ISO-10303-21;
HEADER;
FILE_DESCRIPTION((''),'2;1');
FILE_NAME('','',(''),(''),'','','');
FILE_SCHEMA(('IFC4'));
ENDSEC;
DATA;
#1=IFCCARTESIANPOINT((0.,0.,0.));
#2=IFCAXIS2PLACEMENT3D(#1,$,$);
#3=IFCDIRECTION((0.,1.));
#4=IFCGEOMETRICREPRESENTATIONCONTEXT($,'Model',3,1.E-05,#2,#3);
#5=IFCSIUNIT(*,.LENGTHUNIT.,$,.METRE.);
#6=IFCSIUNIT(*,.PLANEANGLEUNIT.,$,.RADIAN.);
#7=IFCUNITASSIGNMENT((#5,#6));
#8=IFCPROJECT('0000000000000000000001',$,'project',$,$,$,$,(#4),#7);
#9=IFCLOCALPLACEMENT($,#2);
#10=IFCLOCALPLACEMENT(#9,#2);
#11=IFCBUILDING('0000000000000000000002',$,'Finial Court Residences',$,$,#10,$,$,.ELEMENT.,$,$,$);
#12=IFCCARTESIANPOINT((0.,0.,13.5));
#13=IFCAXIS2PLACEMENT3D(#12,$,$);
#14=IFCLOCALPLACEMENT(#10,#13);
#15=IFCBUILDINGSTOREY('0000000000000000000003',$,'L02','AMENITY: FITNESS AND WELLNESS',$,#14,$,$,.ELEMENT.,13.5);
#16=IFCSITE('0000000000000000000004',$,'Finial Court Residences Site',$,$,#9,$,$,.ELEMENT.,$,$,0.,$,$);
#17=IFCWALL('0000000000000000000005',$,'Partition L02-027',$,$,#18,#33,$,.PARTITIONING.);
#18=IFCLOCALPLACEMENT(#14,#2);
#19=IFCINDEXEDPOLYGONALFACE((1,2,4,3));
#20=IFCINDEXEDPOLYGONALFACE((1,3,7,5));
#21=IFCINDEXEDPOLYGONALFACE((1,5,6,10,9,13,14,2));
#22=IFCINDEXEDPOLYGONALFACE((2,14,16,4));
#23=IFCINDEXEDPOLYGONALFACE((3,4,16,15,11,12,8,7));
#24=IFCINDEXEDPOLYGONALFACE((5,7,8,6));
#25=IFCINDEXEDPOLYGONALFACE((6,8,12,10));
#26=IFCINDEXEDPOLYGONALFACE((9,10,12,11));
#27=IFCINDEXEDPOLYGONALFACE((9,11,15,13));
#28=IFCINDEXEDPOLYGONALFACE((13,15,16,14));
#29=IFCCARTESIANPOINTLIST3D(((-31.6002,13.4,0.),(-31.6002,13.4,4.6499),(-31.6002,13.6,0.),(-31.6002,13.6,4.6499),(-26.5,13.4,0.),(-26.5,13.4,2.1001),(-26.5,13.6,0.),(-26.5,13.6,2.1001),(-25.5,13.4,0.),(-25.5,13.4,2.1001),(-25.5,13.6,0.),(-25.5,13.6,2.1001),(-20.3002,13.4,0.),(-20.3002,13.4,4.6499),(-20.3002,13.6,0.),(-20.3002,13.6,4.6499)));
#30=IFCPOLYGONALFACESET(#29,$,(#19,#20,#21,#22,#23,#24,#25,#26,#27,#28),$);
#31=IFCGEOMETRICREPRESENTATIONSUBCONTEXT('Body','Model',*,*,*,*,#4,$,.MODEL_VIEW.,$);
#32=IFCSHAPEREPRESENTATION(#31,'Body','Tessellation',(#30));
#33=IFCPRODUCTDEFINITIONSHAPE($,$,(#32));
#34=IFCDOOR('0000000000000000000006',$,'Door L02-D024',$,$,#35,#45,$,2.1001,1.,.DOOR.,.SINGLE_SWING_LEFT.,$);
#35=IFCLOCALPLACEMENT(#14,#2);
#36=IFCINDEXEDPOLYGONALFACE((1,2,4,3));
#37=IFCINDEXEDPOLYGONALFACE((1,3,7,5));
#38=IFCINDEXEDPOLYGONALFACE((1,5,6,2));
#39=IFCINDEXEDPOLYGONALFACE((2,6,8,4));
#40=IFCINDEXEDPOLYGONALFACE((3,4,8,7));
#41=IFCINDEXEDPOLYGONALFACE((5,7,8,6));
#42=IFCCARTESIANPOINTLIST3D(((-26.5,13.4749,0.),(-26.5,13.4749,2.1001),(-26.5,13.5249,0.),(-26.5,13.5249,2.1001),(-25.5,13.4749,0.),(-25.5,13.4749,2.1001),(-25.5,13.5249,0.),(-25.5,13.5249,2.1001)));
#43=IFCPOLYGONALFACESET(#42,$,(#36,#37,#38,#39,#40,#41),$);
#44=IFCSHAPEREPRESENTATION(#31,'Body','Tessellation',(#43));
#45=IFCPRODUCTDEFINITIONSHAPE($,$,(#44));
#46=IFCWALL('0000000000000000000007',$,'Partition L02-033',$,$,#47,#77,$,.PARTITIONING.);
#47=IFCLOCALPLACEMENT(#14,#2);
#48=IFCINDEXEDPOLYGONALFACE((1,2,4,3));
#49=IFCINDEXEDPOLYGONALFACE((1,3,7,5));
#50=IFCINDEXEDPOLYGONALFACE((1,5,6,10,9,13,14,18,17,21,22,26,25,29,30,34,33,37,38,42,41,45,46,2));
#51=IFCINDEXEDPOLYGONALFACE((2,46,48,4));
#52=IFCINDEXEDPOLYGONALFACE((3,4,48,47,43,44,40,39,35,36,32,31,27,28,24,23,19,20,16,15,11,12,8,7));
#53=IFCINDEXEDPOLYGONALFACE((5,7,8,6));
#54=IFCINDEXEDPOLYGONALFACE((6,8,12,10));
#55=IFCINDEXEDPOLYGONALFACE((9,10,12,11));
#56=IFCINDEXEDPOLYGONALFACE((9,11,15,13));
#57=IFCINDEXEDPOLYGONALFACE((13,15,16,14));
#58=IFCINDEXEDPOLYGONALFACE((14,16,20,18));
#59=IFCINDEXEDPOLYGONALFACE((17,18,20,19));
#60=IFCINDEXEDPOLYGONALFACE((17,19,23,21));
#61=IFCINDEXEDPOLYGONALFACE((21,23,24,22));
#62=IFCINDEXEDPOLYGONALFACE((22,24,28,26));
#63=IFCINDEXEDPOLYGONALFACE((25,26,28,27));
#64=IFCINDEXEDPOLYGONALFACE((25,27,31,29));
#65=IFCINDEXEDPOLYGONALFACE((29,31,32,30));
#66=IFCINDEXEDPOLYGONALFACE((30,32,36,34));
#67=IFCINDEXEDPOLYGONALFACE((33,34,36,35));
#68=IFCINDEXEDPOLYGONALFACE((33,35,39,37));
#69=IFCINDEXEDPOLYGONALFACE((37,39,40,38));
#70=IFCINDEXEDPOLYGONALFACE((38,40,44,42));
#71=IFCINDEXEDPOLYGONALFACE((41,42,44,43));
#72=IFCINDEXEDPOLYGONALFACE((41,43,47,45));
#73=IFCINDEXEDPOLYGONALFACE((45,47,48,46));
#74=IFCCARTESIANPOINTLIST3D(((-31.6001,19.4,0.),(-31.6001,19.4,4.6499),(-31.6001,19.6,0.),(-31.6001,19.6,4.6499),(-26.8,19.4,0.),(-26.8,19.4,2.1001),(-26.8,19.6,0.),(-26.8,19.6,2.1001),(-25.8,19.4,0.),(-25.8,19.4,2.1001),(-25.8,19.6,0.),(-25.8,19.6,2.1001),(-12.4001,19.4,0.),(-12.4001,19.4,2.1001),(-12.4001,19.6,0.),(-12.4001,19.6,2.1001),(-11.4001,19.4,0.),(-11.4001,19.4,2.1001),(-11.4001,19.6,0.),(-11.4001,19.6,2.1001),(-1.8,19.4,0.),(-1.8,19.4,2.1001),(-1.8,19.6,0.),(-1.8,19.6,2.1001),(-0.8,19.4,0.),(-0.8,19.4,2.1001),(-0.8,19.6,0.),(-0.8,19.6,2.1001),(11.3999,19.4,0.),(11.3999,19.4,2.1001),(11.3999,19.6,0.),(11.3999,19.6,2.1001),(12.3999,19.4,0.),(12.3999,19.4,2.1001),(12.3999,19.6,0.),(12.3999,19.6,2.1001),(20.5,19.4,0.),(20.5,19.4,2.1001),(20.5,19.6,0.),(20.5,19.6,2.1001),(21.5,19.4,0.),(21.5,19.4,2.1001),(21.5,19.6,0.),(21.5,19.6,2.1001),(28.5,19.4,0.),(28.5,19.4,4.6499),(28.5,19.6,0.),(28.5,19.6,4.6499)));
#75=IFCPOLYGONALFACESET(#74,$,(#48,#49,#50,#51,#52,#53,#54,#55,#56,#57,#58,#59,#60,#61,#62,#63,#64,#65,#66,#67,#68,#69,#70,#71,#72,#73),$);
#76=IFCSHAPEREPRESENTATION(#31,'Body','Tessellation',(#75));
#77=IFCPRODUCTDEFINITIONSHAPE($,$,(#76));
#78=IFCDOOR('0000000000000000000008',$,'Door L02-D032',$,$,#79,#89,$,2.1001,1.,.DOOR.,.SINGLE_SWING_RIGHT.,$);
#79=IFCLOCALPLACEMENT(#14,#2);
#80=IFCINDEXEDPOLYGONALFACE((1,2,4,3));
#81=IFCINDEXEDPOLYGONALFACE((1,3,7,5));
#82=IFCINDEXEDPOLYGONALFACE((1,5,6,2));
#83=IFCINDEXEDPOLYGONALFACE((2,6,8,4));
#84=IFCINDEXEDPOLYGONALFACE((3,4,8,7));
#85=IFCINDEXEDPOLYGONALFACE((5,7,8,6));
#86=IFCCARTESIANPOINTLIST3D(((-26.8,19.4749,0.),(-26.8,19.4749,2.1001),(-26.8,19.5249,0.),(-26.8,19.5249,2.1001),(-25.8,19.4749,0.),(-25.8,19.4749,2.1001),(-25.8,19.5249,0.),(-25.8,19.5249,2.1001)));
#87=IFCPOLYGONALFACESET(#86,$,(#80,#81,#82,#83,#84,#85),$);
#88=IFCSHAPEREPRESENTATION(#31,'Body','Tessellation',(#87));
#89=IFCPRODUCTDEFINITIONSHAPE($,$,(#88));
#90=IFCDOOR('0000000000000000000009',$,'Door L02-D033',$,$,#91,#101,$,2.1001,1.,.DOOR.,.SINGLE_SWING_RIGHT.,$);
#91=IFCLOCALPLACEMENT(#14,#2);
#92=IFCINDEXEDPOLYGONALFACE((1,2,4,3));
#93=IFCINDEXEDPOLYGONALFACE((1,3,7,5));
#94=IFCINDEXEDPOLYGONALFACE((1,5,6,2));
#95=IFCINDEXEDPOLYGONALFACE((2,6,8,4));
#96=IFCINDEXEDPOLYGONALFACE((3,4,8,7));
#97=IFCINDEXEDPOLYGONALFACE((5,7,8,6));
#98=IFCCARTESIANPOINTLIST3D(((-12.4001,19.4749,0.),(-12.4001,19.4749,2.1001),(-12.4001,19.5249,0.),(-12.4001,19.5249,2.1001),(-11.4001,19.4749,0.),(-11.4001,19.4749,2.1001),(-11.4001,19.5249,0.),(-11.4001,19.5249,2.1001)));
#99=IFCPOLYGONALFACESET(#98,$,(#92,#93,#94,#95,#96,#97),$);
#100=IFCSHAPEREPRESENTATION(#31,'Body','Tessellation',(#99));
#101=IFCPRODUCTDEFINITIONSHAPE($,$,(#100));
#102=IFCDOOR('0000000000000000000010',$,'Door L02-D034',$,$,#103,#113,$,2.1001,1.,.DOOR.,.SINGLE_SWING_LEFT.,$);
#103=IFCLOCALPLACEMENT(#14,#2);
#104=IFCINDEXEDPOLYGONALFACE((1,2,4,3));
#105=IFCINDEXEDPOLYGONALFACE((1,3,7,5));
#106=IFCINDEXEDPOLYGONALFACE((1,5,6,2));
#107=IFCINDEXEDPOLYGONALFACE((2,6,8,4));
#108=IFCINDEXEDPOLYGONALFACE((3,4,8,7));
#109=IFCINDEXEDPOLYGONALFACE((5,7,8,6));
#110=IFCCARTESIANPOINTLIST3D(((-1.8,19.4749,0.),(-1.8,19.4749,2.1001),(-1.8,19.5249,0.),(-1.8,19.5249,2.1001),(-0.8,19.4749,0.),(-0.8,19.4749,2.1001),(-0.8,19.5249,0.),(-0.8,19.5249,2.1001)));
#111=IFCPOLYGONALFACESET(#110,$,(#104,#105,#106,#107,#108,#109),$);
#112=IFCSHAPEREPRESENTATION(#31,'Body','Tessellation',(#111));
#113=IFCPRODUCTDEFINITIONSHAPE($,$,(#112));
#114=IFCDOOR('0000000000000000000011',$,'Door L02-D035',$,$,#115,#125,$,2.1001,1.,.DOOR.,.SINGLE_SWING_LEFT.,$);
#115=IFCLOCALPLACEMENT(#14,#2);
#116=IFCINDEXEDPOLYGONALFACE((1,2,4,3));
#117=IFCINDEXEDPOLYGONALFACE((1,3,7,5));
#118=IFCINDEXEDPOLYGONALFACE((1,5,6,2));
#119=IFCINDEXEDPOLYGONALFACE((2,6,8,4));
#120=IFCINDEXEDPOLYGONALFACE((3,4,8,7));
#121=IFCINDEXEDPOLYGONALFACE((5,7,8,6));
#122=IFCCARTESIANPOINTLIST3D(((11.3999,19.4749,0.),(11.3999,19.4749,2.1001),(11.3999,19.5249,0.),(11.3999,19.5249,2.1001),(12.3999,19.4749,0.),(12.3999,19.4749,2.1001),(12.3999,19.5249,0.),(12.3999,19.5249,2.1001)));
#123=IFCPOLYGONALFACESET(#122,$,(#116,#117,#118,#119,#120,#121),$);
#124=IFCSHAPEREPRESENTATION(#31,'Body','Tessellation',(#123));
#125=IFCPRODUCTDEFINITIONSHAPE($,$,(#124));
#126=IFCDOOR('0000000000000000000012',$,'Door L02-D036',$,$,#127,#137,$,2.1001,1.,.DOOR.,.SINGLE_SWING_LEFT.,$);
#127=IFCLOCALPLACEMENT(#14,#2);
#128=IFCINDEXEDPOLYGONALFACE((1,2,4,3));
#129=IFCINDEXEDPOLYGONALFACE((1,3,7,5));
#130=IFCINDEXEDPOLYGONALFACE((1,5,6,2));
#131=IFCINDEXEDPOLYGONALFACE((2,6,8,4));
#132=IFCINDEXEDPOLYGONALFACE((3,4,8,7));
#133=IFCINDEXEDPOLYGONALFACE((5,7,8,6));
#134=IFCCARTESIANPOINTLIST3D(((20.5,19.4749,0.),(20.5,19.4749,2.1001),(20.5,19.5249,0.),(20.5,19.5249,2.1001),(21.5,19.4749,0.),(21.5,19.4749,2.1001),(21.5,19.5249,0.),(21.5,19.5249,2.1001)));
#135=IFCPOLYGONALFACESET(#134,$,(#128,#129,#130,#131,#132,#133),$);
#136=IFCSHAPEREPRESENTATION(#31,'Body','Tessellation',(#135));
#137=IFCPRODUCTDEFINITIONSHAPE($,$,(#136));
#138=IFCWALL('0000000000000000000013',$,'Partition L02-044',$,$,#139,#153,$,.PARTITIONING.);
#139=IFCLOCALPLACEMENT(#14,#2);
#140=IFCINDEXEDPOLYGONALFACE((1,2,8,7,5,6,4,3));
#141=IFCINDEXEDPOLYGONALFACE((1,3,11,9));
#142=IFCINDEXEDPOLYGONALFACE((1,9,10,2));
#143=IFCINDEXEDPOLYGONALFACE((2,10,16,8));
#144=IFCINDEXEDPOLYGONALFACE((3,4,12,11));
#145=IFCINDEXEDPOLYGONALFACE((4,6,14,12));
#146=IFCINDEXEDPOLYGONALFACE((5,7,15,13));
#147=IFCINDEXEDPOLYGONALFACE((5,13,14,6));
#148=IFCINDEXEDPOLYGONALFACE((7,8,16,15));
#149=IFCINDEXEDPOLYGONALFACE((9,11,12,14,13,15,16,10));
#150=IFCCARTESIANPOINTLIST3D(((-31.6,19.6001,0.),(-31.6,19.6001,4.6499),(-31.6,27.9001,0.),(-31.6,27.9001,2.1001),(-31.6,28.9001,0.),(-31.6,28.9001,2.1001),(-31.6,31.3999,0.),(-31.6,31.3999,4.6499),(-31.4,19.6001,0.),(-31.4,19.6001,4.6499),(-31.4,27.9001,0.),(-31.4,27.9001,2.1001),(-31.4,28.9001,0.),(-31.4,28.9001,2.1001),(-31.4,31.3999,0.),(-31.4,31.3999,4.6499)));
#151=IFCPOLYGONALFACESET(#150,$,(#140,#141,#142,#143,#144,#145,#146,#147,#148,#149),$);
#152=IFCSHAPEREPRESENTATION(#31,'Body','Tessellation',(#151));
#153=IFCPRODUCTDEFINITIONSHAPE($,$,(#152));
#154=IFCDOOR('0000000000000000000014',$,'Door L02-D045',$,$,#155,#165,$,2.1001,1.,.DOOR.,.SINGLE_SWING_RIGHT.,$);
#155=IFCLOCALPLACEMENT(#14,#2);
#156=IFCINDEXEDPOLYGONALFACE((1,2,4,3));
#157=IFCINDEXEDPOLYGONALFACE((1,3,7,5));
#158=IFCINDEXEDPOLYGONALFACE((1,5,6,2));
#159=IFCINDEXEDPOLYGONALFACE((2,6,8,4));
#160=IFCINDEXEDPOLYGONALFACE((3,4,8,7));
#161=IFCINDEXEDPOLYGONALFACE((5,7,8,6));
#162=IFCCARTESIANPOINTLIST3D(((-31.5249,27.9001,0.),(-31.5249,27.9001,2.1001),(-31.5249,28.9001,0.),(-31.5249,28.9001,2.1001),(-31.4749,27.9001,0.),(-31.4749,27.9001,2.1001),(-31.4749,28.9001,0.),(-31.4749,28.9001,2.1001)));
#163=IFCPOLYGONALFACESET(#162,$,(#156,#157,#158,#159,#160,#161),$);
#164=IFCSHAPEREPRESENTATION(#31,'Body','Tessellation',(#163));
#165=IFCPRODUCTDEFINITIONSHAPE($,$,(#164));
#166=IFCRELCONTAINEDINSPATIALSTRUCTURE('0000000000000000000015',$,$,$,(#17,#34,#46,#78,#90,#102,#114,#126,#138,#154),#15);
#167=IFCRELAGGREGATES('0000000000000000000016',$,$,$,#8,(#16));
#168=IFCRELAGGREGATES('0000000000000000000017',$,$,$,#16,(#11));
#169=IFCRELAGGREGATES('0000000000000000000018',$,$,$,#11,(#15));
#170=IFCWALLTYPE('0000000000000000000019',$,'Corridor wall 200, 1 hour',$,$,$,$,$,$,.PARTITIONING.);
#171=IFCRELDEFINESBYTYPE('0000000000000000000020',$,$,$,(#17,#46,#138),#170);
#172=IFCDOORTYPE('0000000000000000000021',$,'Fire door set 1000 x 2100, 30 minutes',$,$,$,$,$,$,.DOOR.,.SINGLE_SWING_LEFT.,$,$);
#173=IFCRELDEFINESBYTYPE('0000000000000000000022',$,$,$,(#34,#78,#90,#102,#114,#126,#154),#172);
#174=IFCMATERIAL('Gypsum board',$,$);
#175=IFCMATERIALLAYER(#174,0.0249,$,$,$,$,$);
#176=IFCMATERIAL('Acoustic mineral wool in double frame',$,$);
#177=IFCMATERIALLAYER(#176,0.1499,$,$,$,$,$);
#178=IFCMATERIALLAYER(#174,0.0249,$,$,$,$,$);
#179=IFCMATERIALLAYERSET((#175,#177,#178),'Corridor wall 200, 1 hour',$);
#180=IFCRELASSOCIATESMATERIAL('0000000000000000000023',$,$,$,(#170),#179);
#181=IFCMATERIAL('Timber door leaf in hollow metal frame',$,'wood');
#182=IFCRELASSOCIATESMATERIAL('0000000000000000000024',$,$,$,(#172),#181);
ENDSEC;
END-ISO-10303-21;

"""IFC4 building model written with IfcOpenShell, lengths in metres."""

from ifc_helpers import new_model, si_unit, direction, frame, frame_2d, origin, place, context, subcontext, project, spatial, rectangle, extrude, material, layer, layer_set, type_object, element, fill, save


model = new_model("IFC4")

# Units and contexts
model_context = context("Model", 3, precision=1e-05, world=origin(), true_north=direction((0.0, 1.0)))
body_context = subcontext(model_context, "Body", "Model", "MODEL_VIEW")
ifc_project = project(units=[si_unit("LENGTHUNIT", "METRE"), si_unit("PLANEANGLEUNIT", "RADIAN")], contexts=[model_context])

# Site, building, storey
site_placement = place(None, origin())
site = spatial("IfcSite", under=ifc_project, at=site_placement, Name="Finial Court Residences Site", CompositionType="ELEMENT", RefElevation=0.0)
building_placement = place(site_placement, origin())
building = spatial("IfcBuilding", under=site, at=building_placement, Name="Finial Court Residences", CompositionType="ELEMENT")
storey_placement = place(building_placement, frame((0.0, 0.0, 13.5)))
storey = spatial("IfcBuildingStorey", under=building, at=storey_placement, Name="L02", Description="AMENITY: FITNESS AND WELLNESS", CompositionType="ELEMENT", Elevation=13.5)

# Wall, opening, door
ifc_material_1 = material(Name="Gypsum board")
ifc_layer_1 = layer(ifc_material_1, 0.0249)
ifc_material_2 = material(Name="Acoustic mineral wool in double frame")
ifc_layer_2 = layer(ifc_material_2, 0.1499)
ifc_layer_3 = layer(ifc_material_1, 0.0249)
ifc_layer_set_1 = layer_set([ifc_layer_1, ifc_layer_2, ifc_layer_3], Name="Corridor wall 200, 1 hour")
wall_type_1 = type_object("IfcWallType", Name="Corridor wall 200, 1 hour", PredefinedType="PARTITIONING", material=ifc_layer_set_1)
wall_1_placement = place(storey_placement, frame((-31.6001, 13.5, 0.0), z_axis=(0.0, 0.0, 1.0), x_axis=(1.0, 0.0, 0.0)))
wall_1 = element("IfcWall", 1, at=wall_1_placement, inside=storey, type_object=wall_type_1, Name="Partition L02-027", PredefinedType="PARTITIONING", context=body_context, shape_type="SweptSolid", body=[
    extrude(rectangle(XDim=11.3, YDim=0.2, at=frame_2d((5.6499, 0.0))), origin(), (0.0, 0.0, 1.0), 4.6499),
])
opening_1_placement = place(wall_1_placement, frame((5.1001, 0.0, 0.0)))
opening_1 = element("IfcOpeningElement", 2, at=opening_1_placement, cuts=wall_1, PredefinedType="OPENING", context=body_context, shape_type="SweptSolid", body=[
    extrude(rectangle(XDim=1.0, YDim=2.1001, at=frame_2d((0.5, 1.05))), frame((0.0, 0.1099, 0.0), z_axis=(0.0, -1.0, 0.0), x_axis=(1.0, 0.0, 0.0)), (0.0, 0.0, 1.0), 0.22),
])
ifc_material_3 = material(Name="Timber door leaf in hollow metal frame", Category="wood")
door_type = type_object("IfcDoorType", Name="Fire door set 1000 x 2100, 30 minutes", OperationType="SINGLE_SWING_LEFT", PredefinedType="DOOR", material=ifc_material_3)
door_1_placement = place(opening_1_placement, origin())
door_1 = element("IfcDoor", 3, at=door_1_placement, inside=storey, type_object=door_type, Name="Door L02-D024", OperationType="SINGLE_SWING_LEFT", OverallHeight=2.1001, OverallWidth=1.0, PredefinedType="DOOR", context=body_context, shape_type="SweptSolid", body=[
    extrude(rectangle(XDim=1.0, YDim=2.1001, at=frame_2d((0.5, 1.05))), frame((0.0, 0.0249, 0.0), z_axis=(0.0, -1.0, 0.0), x_axis=(1.0, 0.0, 0.0)), (0.0, 0.0, 1.0), 0.05),
])
fill(opening_1, door_1)

# Wall, openings, doors
wall_2_placement = place(storey_placement, frame((-31.6001, 19.5, 0.0), z_axis=(0.0, 0.0, 1.0), x_axis=(1.0, 0.0, 0.0)))
wall_2 = element("IfcWall", 4, at=wall_2_placement, inside=storey, type_object=wall_type_1, Name="Partition L02-033", PredefinedType="PARTITIONING", context=body_context, shape_type="SweptSolid", body=[
    extrude(rectangle(XDim=60.1001, YDim=0.2, at=frame_2d((30.05, 0.0))), origin(), (0.0, 0.0, 1.0), 4.6499),
])
opening_2_placement = place(wall_2_placement, frame((4.8, 0.0, 0.0)))
opening_2 = element("IfcOpeningElement", 5, at=opening_2_placement, cuts=wall_2, PredefinedType="OPENING", context=body_context, shape_type="SweptSolid", body=[
    extrude(rectangle(XDim=1.0, YDim=2.1001, at=frame_2d((0.5, 1.05))), frame((0.0, 0.1099, 0.0), z_axis=(0.0, -1.0, 0.0), x_axis=(1.0, 0.0, 0.0)), (0.0, 0.0, 1.0), 0.22),
])
opening_3_placement = place(wall_2_placement, frame((19.2, 0.0, 0.0)))
opening_3 = element("IfcOpeningElement", 6, at=opening_3_placement, cuts=wall_2, PredefinedType="OPENING", context=body_context, shape_type="SweptSolid", body=[
    extrude(rectangle(XDim=1.0, YDim=2.1001, at=frame_2d((0.5, 1.05))), frame((0.0, 0.1099, 0.0), z_axis=(0.0, -1.0, 0.0), x_axis=(1.0, 0.0, 0.0)), (0.0, 0.0, 1.0), 0.22),
])
opening_4_placement = place(wall_2_placement, frame((29.8, 0.0, 0.0)))
opening_4 = element("IfcOpeningElement", 7, at=opening_4_placement, cuts=wall_2, PredefinedType="OPENING", context=body_context, shape_type="SweptSolid", body=[
    extrude(rectangle(XDim=1.0, YDim=2.1001, at=frame_2d((0.5, 1.05))), frame((0.0, 0.1099, 0.0), z_axis=(0.0, -1.0, 0.0), x_axis=(1.0, 0.0, 0.0)), (0.0, 0.0, 1.0), 0.22),
])
opening_5_placement = place(wall_2_placement, frame((43.0, 0.0, 0.0)))
opening_5 = element("IfcOpeningElement", 8, at=opening_5_placement, cuts=wall_2, PredefinedType="OPENING", context=body_context, shape_type="SweptSolid", body=[
    extrude(rectangle(XDim=1.0, YDim=2.1001, at=frame_2d((0.5, 1.05))), frame((0.0, 0.1099, 0.0), z_axis=(0.0, -1.0, 0.0), x_axis=(1.0, 0.0, 0.0)), (0.0, 0.0, 1.0), 0.22),
])
opening_6_placement = place(wall_2_placement, frame((52.1001, 0.0, 0.0)))
opening_6 = element("IfcOpeningElement", 9, at=opening_6_placement, cuts=wall_2, PredefinedType="OPENING", context=body_context, shape_type="SweptSolid", body=[
    extrude(rectangle(XDim=1.0, YDim=2.1001, at=frame_2d((0.5, 1.05))), frame((0.0, 0.1099, 0.0), z_axis=(0.0, -1.0, 0.0), x_axis=(1.0, 0.0, 0.0)), (0.0, 0.0, 1.0), 0.22),
])
door_2_placement = place(opening_2_placement, origin())
door_2 = element("IfcDoor", 10, at=door_2_placement, inside=storey, type_object=door_type, Name="Door L02-D032", OperationType="SINGLE_SWING_RIGHT", OverallHeight=2.1001, OverallWidth=1.0, PredefinedType="DOOR", context=body_context, shape_type="SweptSolid", body=[
    extrude(rectangle(XDim=1.0, YDim=2.1001, at=frame_2d((0.5, 1.05))), frame((0.0, 0.0249, 0.0), z_axis=(0.0, -1.0, 0.0), x_axis=(1.0, 0.0, 0.0)), (0.0, 0.0, 1.0), 0.05),
])
fill(opening_2, door_2)
door_3_placement = place(opening_3_placement, origin())
door_3 = element("IfcDoor", 11, at=door_3_placement, inside=storey, type_object=door_type, Name="Door L02-D033", OperationType="SINGLE_SWING_RIGHT", OverallHeight=2.1001, OverallWidth=1.0, PredefinedType="DOOR", context=body_context, shape_type="SweptSolid", body=[
    extrude(rectangle(XDim=1.0, YDim=2.1001, at=frame_2d((0.5, 1.05))), frame((0.0, 0.0249, 0.0), z_axis=(0.0, -1.0, 0.0), x_axis=(1.0, 0.0, 0.0)), (0.0, 0.0, 1.0), 0.05),
])
fill(opening_3, door_3)
door_4_placement = place(opening_4_placement, origin())
door_4 = element("IfcDoor", 12, at=door_4_placement, inside=storey, type_object=door_type, Name="Door L02-D034", OperationType="SINGLE_SWING_LEFT", OverallHeight=2.1001, OverallWidth=1.0, PredefinedType="DOOR", context=body_context, shape_type="SweptSolid", body=[
    extrude(rectangle(XDim=1.0, YDim=2.1001, at=frame_2d((0.5, 1.05))), frame((0.0, 0.0249, 0.0), z_axis=(0.0, -1.0, 0.0), x_axis=(1.0, 0.0, 0.0)), (0.0, 0.0, 1.0), 0.05),
])
fill(opening_4, door_4)
door_5_placement = place(opening_5_placement, origin())
door_5 = element("IfcDoor", 13, at=door_5_placement, inside=storey, type_object=door_type, Name="Door L02-D035", OperationType="SINGLE_SWING_LEFT", OverallHeight=2.1001, OverallWidth=1.0, PredefinedType="DOOR", context=body_context, shape_type="SweptSolid", body=[
    extrude(rectangle(XDim=1.0, YDim=2.1001, at=frame_2d((0.5, 1.05))), frame((0.0, 0.0249, 0.0), z_axis=(0.0, -1.0, 0.0), x_axis=(1.0, 0.0, 0.0)), (0.0, 0.0, 1.0), 0.05),
])
fill(opening_5, door_5)
door_6_placement = place(opening_6_placement, origin())
door_6 = element("IfcDoor", 14, at=door_6_placement, inside=storey, type_object=door_type, Name="Door L02-D036", OperationType="SINGLE_SWING_LEFT", OverallHeight=2.1001, OverallWidth=1.0, PredefinedType="DOOR", context=body_context, shape_type="SweptSolid", body=[
    extrude(rectangle(XDim=1.0, YDim=2.1001, at=frame_2d((0.5, 1.05))), frame((0.0, 0.0249, 0.0), z_axis=(0.0, -1.0, 0.0), x_axis=(1.0, 0.0, 0.0)), (0.0, 0.0, 1.0), 0.05),
])
fill(opening_6, door_6)

# Wall, opening, door
wall_3_placement = place(storey_placement, frame((-31.5, 19.6001, 0.0), z_axis=(0.0, 0.0, 1.0), x_axis=(0.0, 1.0, 0.0)))
wall_3 = element("IfcWall", 15, at=wall_3_placement, inside=storey, type_object=wall_type_1, Name="Partition L02-044", PredefinedType="PARTITIONING", context=body_context, shape_type="SweptSolid", body=[
    extrude(rectangle(XDim=11.7998, YDim=0.2, at=frame_2d((5.8999, 0.0))), origin(), (0.0, 0.0, 1.0), 4.6499),
])
opening_7_placement = place(wall_3_placement, frame((8.3, 0.0, 0.0)))
opening_7 = element("IfcOpeningElement", 16, at=opening_7_placement, cuts=wall_3, PredefinedType="OPENING", context=body_context, shape_type="SweptSolid", body=[
    extrude(rectangle(XDim=1.0, YDim=2.1001, at=frame_2d((0.5, 1.05))), frame((0.0, 0.1099, 0.0), z_axis=(0.0, -1.0, 0.0), x_axis=(1.0, 0.0, 0.0)), (0.0, 0.0, 1.0), 0.22),
])
door_7_placement = place(opening_7_placement, origin())
door_7 = element("IfcDoor", 17, at=door_7_placement, inside=storey, type_object=door_type, Name="Door L02-D045", OperationType="SINGLE_SWING_RIGHT", OverallHeight=2.1001, OverallWidth=1.0, PredefinedType="DOOR", context=body_context, shape_type="SweptSolid", body=[
    extrude(rectangle(XDim=1.0, YDim=2.1001, at=frame_2d((0.5, 1.05))), frame((0.0, 0.0249, 0.0), z_axis=(0.0, -1.0, 0.0), x_axis=(1.0, 0.0, 0.0)), (0.0, 0.0, 1.0), 0.05),
])
fill(opening_7, door_7)

save(model, "model.ifc")
